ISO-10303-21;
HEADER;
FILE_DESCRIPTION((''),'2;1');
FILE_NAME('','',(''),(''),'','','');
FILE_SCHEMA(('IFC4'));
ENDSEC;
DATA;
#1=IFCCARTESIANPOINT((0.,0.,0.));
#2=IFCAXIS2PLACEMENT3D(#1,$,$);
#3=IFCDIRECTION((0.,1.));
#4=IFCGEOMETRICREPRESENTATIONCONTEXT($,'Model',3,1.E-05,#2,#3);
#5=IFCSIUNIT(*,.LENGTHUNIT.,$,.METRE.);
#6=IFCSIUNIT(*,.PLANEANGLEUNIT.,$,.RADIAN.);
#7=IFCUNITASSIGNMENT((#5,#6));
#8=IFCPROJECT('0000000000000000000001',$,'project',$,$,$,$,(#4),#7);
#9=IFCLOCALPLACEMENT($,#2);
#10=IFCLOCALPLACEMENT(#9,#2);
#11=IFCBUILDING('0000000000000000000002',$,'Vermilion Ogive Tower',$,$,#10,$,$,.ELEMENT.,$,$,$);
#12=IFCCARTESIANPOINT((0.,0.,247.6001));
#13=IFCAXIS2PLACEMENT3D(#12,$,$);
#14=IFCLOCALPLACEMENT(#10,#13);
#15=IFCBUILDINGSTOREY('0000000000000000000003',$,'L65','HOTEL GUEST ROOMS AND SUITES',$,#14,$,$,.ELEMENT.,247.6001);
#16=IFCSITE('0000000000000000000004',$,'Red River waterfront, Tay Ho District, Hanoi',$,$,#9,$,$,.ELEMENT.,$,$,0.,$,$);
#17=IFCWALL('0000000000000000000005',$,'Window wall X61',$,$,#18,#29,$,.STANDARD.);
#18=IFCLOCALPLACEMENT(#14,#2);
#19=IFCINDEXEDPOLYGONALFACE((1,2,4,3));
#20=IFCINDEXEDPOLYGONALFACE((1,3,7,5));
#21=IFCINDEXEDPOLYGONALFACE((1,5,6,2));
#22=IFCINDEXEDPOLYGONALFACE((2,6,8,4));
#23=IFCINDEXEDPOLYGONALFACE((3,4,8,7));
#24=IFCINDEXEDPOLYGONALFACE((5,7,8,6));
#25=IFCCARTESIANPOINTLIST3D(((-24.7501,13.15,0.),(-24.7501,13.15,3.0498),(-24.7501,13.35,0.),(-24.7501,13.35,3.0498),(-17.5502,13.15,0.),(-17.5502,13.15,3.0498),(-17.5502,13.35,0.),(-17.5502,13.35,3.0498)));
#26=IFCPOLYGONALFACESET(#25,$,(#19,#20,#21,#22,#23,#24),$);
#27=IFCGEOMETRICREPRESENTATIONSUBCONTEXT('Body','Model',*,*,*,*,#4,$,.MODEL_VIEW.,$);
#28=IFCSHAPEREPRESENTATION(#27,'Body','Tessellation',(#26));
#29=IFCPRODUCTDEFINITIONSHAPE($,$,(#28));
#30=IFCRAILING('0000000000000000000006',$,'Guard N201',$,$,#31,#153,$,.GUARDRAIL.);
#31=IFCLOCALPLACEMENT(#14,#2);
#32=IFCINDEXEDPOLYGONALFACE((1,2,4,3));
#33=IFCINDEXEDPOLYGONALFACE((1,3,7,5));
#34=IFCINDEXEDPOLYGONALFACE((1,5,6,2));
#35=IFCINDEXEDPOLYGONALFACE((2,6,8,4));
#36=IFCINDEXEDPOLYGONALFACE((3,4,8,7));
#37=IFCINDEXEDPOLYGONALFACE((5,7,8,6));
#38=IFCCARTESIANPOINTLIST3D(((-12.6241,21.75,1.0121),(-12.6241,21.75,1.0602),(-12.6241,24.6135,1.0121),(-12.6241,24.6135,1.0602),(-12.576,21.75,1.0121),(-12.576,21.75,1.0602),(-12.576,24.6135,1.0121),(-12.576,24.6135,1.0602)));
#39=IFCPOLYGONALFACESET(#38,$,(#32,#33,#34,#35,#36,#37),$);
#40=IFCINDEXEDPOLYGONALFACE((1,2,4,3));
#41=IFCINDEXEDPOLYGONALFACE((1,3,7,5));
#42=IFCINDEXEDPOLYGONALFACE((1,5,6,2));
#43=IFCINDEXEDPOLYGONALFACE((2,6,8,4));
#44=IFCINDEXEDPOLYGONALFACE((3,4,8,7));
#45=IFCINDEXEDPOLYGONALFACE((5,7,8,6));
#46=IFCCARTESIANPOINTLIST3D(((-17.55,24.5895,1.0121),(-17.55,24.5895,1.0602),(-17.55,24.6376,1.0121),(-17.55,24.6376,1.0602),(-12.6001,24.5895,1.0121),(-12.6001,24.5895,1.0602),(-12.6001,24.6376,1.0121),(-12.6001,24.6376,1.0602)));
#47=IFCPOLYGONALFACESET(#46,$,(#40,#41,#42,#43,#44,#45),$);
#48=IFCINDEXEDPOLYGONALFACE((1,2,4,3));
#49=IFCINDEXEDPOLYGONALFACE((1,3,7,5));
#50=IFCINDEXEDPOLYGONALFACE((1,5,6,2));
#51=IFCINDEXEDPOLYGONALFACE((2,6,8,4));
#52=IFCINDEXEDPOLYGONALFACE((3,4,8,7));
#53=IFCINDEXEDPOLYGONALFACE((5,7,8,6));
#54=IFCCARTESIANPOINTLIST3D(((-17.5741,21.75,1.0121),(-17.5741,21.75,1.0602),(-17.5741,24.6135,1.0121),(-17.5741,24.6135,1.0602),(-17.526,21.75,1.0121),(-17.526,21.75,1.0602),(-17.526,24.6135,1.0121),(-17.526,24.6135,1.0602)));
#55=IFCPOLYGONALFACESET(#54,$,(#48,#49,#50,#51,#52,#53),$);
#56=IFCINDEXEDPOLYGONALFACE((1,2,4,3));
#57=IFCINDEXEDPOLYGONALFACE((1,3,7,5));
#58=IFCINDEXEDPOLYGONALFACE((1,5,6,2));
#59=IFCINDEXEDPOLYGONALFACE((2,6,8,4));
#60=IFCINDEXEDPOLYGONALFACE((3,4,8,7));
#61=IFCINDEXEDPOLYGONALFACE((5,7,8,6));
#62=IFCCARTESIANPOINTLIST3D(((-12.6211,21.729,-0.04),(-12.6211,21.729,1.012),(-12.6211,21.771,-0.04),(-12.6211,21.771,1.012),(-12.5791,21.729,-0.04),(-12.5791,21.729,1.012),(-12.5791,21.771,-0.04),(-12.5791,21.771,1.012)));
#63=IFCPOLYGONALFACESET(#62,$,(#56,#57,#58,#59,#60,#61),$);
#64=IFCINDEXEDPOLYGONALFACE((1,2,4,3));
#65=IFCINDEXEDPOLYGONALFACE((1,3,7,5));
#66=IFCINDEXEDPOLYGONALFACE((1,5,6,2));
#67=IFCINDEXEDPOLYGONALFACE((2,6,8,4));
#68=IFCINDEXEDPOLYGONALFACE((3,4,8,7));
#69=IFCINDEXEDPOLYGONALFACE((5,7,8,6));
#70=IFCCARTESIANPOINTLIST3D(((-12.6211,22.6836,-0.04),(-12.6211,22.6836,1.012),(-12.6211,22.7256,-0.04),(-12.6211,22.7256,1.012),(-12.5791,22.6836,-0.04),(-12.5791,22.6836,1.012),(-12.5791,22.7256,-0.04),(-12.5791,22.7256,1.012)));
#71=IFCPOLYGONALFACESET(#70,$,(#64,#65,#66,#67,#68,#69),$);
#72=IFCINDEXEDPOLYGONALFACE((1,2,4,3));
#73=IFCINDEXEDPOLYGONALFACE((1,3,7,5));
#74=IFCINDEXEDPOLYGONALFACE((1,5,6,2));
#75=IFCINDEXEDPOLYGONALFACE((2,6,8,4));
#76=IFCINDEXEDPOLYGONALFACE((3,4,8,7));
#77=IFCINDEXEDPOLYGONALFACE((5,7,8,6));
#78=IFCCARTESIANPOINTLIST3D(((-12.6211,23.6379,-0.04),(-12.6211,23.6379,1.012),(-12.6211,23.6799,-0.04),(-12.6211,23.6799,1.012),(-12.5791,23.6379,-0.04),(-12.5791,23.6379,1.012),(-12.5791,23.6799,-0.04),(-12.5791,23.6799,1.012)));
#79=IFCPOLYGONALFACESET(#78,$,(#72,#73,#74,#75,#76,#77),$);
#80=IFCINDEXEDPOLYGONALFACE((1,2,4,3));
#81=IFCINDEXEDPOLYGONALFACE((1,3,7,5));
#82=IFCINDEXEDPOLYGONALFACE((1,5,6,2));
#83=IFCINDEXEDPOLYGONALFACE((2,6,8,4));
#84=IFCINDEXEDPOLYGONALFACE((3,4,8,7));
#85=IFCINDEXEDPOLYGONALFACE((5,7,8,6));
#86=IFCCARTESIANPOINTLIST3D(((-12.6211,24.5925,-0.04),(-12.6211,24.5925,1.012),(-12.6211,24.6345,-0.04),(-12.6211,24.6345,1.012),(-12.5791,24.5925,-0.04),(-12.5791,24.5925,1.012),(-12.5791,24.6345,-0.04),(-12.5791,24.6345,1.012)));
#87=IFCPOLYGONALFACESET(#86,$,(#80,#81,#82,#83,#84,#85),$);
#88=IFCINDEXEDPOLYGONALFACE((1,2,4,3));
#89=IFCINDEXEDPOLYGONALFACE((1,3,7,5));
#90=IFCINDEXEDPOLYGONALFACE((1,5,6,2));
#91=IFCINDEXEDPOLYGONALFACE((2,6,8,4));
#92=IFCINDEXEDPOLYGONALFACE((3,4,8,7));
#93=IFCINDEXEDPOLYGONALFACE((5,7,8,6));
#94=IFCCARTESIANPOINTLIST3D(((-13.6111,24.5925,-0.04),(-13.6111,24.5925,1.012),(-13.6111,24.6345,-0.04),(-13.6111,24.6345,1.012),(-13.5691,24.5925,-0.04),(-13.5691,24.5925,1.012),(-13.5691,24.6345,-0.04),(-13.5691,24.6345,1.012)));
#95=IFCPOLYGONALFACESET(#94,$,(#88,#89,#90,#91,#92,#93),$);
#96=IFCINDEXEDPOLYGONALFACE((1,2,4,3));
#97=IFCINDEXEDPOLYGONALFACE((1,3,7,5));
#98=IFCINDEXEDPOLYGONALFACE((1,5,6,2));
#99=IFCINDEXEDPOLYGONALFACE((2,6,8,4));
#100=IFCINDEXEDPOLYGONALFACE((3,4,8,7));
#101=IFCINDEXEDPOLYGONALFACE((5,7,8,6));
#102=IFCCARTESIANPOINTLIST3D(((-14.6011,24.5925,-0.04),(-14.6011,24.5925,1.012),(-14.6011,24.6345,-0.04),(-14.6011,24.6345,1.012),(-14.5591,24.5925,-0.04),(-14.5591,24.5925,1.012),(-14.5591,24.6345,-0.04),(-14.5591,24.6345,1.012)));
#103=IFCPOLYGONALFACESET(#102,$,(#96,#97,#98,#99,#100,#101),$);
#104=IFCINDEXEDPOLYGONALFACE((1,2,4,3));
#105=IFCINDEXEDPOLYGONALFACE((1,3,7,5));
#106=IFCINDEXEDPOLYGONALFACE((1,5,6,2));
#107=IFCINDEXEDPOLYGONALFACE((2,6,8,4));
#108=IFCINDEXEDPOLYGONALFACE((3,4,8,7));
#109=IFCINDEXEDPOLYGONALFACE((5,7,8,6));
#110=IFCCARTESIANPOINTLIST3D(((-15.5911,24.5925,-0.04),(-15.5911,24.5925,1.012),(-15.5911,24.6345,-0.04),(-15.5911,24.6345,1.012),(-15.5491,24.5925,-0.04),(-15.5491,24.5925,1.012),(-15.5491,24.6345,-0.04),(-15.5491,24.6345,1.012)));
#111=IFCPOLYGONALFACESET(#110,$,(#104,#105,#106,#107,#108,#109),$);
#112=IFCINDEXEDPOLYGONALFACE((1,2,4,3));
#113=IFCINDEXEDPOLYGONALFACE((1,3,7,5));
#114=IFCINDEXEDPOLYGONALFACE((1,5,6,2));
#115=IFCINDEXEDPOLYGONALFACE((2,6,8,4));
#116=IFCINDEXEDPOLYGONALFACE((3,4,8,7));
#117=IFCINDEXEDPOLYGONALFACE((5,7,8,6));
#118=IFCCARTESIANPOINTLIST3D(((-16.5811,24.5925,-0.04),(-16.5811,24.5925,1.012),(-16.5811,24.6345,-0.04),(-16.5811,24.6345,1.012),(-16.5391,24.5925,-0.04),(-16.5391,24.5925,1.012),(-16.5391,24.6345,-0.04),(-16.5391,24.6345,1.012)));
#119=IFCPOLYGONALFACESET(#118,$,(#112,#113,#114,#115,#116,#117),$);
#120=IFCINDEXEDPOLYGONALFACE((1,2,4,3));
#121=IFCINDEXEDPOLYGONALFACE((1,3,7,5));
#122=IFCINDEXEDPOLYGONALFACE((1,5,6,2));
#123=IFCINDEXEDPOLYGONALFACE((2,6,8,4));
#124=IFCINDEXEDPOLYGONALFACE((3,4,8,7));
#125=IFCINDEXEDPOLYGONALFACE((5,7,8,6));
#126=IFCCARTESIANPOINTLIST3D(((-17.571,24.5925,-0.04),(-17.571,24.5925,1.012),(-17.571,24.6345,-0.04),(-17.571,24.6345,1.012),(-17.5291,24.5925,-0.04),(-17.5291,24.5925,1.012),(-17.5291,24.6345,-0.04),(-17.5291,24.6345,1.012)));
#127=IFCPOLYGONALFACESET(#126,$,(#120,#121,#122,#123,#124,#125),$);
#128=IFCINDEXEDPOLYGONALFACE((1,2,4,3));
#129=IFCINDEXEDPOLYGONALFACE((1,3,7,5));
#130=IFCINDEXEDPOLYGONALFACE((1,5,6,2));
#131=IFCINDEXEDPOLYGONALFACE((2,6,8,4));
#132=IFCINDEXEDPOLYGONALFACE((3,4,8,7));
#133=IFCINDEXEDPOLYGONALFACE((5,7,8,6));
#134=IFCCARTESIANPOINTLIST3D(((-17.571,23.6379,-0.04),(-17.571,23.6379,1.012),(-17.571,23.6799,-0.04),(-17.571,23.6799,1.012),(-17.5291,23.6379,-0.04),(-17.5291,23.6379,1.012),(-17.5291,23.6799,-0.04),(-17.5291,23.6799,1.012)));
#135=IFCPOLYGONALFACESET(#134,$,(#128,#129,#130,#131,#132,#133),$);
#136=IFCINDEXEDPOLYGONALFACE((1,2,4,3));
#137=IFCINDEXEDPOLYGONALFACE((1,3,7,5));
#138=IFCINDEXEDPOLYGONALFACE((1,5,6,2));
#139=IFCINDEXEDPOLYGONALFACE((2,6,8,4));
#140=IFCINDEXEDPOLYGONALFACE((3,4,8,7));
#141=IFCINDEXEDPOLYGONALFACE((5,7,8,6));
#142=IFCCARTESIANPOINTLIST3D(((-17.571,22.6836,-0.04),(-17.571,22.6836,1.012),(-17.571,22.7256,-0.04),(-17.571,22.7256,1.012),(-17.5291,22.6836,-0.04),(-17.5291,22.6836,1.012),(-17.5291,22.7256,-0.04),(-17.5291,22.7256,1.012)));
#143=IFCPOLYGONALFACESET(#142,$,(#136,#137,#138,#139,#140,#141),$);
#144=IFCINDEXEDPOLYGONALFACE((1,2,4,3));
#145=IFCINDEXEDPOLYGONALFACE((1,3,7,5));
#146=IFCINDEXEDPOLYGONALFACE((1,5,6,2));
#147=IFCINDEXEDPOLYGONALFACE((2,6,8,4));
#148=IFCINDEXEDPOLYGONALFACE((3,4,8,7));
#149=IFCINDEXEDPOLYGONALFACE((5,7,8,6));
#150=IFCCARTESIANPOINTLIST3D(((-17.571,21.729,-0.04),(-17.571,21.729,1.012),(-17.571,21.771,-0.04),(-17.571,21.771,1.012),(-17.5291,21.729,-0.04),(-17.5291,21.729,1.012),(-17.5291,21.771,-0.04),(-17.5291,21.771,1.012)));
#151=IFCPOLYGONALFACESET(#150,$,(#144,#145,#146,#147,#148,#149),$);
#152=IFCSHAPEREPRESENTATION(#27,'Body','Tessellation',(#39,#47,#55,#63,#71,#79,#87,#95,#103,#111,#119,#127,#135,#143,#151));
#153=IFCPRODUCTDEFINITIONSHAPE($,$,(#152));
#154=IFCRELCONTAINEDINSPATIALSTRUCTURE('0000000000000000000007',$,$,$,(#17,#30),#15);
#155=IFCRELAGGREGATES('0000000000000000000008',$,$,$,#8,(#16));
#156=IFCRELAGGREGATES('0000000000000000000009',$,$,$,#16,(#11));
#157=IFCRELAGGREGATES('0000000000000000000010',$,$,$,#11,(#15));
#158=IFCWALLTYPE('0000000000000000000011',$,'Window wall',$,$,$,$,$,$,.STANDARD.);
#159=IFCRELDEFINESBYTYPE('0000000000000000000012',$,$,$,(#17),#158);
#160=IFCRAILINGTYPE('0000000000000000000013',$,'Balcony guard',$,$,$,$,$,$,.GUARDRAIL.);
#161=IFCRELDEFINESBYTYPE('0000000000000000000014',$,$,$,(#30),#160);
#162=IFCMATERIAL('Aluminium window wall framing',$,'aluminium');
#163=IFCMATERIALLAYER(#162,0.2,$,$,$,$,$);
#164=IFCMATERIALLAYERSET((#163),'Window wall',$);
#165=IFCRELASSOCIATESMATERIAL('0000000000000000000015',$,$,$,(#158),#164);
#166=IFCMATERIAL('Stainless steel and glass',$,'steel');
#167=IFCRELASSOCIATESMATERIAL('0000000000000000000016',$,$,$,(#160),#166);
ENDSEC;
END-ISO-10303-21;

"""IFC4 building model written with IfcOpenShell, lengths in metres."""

from ifc_helpers import new_model, si_unit, direction, frame, frame_2d, origin, origin_2d, place, context, subcontext, project, spatial, rectangle, extrude, material, layer, layer_set, type_object, element, save


model = new_model("IFC4")

# Units and contexts
model_context = context("Model", 3, precision=1e-05, world=origin(), true_north=direction((0.0, 1.0)))
body_context = subcontext(model_context, "Body", "Model", "MODEL_VIEW")
ifc_project = project(units=[si_unit("LENGTHUNIT", "METRE"), si_unit("PLANEANGLEUNIT", "RADIAN")], contexts=[model_context])

# Site, building, storey
site_placement = place(None, origin())
site = spatial("IfcSite", under=ifc_project, at=site_placement, Name="Red River waterfront, Tay Ho District, Hanoi", CompositionType="ELEMENT", RefElevation=0.0)
building_placement = place(site_placement, origin())
building = spatial("IfcBuilding", under=site, at=building_placement, Name="Vermilion Ogive Tower", CompositionType="ELEMENT")
storey_placement = place(building_placement, frame((0.0, 0.0, 247.6001)))
storey = spatial("IfcBuildingStorey", under=building, at=storey_placement, Name="L65", Description="HOTEL GUEST ROOMS AND SUITES", CompositionType="ELEMENT", Elevation=247.6001)

# Shared definitions
ifc_material_1 = material(Name="Aluminium window wall framing", Category="aluminium")
ifc_layer_1 = layer(ifc_material_1, 0.2)
ifc_layer_set_1 = layer_set([ifc_layer_1], Name="Window wall")
wall_type_1 = type_object("IfcWallType", Name="Window wall", PredefinedType="STANDARD", material=ifc_layer_set_1)

# Wall
wall_1_placement = place(storey_placement, frame((-17.55, 13.25, 0.0), z_axis=(0.0, 0.0, 1.0), x_axis=(-1.0, 0.0, 0.0)))
element("IfcWall", 1, at=wall_1_placement, inside=storey, type_object=wall_type_1, Name="Window wall X61", PredefinedType="STANDARD", context=body_context, shape_type="SweptSolid", body=[
    extrude(rectangle(XDim=7.2, YDim=0.2, at=frame_2d((3.6001, 0.0))), origin(), (0.0, 0.0, 1.0), 3.0498),
])

# Railing
ifc_material_2 = material(Name="Stainless steel and glass", Category="steel")
railing_type_1 = type_object("IfcRailingType", Name="Balcony guard", PredefinedType="GUARDRAIL", material=ifc_material_2)
railing_1_placement = place(storey_placement, frame((-12.6001, 21.75, -0.04)))
element("IfcRailing", 2, at=railing_1_placement, inside=storey, type_object=railing_type_1, Name="Guard N201", PredefinedType="GUARDRAIL", context=body_context, shape_type="SweptSolid", body=[
    extrude(rectangle(XDim=0.0481, YDim=0.0481, at=origin_2d()), frame((0.0, 0.0, 1.0762), z_axis=(0.0, 1.0, 0.0), x_axis=(-1.0, 0.0, 0.0)), (0.0, 0.0, 1.0), 2.8635),
    extrude(rectangle(XDim=0.0481, YDim=0.0481, at=origin_2d()), frame((0.0, 2.8635, 1.0762), z_axis=(-1.0, 0.0, 0.0), x_axis=(0.0, -1.0, 0.0)), (0.0, 0.0, 1.0), 4.95),
    extrude(rectangle(XDim=0.0481, YDim=0.0481, at=origin_2d()), frame((-4.95, 2.8635, 1.0762), z_axis=(0.0, -1.0, 0.0), x_axis=(1.0, 0.0, 0.0)), (0.0, 0.0, 1.0), 2.8635),
    extrude(rectangle(XDim=0.042, YDim=0.042, at=origin_2d()), origin(), (0.0, 0.0, 1.0), 1.052),
    extrude(rectangle(XDim=0.042, YDim=0.042, at=origin_2d()), frame((0.0, 0.9546, 0.0)), (0.0, 0.0, 1.0), 1.052),
    extrude(rectangle(XDim=0.042, YDim=0.042, at=origin_2d()), frame((0.0, 1.9089, 0.0)), (0.0, 0.0, 1.0), 1.052),
    extrude(rectangle(XDim=0.042, YDim=0.042, at=origin_2d()), frame((0.0, 2.8635, 0.0)), (0.0, 0.0, 1.0), 1.052),
    extrude(rectangle(XDim=0.042, YDim=0.042, at=origin_2d()), frame((-0.99, 2.8635, 0.0)), (0.0, 0.0, 1.0), 1.052),
    extrude(rectangle(XDim=0.042, YDim=0.042, at=origin_2d()), frame((-1.98, 2.8635, 0.0)), (0.0, 0.0, 1.0), 1.052),
    extrude(rectangle(XDim=0.042, YDim=0.042, at=origin_2d()), frame((-2.97, 2.8635, 0.0)), (0.0, 0.0, 1.0), 1.052),
    extrude(rectangle(XDim=0.042, YDim=0.042, at=origin_2d()), frame((-3.96, 2.8635, 0.0)), (0.0, 0.0, 1.0), 1.052),
    extrude(rectangle(XDim=0.042, YDim=0.042, at=origin_2d()), frame((-4.95, 2.8635, 0.0)), (0.0, 0.0, 1.0), 1.052),
    extrude(rectangle(XDim=0.042, YDim=0.042, at=origin_2d()), frame((-4.95, 1.9089, 0.0)), (0.0, 0.0, 1.0), 1.052),
    extrude(rectangle(XDim=0.042, YDim=0.042, at=origin_2d()), frame((-4.95, 0.9546, 0.0)), (0.0, 0.0, 1.0), 1.052),
    extrude(rectangle(XDim=0.042, YDim=0.042, at=origin_2d()), frame((-4.95, 0.0, 0.0)), (0.0, 0.0, 1.0), 1.052),
])

save(model, "model.ifc")
